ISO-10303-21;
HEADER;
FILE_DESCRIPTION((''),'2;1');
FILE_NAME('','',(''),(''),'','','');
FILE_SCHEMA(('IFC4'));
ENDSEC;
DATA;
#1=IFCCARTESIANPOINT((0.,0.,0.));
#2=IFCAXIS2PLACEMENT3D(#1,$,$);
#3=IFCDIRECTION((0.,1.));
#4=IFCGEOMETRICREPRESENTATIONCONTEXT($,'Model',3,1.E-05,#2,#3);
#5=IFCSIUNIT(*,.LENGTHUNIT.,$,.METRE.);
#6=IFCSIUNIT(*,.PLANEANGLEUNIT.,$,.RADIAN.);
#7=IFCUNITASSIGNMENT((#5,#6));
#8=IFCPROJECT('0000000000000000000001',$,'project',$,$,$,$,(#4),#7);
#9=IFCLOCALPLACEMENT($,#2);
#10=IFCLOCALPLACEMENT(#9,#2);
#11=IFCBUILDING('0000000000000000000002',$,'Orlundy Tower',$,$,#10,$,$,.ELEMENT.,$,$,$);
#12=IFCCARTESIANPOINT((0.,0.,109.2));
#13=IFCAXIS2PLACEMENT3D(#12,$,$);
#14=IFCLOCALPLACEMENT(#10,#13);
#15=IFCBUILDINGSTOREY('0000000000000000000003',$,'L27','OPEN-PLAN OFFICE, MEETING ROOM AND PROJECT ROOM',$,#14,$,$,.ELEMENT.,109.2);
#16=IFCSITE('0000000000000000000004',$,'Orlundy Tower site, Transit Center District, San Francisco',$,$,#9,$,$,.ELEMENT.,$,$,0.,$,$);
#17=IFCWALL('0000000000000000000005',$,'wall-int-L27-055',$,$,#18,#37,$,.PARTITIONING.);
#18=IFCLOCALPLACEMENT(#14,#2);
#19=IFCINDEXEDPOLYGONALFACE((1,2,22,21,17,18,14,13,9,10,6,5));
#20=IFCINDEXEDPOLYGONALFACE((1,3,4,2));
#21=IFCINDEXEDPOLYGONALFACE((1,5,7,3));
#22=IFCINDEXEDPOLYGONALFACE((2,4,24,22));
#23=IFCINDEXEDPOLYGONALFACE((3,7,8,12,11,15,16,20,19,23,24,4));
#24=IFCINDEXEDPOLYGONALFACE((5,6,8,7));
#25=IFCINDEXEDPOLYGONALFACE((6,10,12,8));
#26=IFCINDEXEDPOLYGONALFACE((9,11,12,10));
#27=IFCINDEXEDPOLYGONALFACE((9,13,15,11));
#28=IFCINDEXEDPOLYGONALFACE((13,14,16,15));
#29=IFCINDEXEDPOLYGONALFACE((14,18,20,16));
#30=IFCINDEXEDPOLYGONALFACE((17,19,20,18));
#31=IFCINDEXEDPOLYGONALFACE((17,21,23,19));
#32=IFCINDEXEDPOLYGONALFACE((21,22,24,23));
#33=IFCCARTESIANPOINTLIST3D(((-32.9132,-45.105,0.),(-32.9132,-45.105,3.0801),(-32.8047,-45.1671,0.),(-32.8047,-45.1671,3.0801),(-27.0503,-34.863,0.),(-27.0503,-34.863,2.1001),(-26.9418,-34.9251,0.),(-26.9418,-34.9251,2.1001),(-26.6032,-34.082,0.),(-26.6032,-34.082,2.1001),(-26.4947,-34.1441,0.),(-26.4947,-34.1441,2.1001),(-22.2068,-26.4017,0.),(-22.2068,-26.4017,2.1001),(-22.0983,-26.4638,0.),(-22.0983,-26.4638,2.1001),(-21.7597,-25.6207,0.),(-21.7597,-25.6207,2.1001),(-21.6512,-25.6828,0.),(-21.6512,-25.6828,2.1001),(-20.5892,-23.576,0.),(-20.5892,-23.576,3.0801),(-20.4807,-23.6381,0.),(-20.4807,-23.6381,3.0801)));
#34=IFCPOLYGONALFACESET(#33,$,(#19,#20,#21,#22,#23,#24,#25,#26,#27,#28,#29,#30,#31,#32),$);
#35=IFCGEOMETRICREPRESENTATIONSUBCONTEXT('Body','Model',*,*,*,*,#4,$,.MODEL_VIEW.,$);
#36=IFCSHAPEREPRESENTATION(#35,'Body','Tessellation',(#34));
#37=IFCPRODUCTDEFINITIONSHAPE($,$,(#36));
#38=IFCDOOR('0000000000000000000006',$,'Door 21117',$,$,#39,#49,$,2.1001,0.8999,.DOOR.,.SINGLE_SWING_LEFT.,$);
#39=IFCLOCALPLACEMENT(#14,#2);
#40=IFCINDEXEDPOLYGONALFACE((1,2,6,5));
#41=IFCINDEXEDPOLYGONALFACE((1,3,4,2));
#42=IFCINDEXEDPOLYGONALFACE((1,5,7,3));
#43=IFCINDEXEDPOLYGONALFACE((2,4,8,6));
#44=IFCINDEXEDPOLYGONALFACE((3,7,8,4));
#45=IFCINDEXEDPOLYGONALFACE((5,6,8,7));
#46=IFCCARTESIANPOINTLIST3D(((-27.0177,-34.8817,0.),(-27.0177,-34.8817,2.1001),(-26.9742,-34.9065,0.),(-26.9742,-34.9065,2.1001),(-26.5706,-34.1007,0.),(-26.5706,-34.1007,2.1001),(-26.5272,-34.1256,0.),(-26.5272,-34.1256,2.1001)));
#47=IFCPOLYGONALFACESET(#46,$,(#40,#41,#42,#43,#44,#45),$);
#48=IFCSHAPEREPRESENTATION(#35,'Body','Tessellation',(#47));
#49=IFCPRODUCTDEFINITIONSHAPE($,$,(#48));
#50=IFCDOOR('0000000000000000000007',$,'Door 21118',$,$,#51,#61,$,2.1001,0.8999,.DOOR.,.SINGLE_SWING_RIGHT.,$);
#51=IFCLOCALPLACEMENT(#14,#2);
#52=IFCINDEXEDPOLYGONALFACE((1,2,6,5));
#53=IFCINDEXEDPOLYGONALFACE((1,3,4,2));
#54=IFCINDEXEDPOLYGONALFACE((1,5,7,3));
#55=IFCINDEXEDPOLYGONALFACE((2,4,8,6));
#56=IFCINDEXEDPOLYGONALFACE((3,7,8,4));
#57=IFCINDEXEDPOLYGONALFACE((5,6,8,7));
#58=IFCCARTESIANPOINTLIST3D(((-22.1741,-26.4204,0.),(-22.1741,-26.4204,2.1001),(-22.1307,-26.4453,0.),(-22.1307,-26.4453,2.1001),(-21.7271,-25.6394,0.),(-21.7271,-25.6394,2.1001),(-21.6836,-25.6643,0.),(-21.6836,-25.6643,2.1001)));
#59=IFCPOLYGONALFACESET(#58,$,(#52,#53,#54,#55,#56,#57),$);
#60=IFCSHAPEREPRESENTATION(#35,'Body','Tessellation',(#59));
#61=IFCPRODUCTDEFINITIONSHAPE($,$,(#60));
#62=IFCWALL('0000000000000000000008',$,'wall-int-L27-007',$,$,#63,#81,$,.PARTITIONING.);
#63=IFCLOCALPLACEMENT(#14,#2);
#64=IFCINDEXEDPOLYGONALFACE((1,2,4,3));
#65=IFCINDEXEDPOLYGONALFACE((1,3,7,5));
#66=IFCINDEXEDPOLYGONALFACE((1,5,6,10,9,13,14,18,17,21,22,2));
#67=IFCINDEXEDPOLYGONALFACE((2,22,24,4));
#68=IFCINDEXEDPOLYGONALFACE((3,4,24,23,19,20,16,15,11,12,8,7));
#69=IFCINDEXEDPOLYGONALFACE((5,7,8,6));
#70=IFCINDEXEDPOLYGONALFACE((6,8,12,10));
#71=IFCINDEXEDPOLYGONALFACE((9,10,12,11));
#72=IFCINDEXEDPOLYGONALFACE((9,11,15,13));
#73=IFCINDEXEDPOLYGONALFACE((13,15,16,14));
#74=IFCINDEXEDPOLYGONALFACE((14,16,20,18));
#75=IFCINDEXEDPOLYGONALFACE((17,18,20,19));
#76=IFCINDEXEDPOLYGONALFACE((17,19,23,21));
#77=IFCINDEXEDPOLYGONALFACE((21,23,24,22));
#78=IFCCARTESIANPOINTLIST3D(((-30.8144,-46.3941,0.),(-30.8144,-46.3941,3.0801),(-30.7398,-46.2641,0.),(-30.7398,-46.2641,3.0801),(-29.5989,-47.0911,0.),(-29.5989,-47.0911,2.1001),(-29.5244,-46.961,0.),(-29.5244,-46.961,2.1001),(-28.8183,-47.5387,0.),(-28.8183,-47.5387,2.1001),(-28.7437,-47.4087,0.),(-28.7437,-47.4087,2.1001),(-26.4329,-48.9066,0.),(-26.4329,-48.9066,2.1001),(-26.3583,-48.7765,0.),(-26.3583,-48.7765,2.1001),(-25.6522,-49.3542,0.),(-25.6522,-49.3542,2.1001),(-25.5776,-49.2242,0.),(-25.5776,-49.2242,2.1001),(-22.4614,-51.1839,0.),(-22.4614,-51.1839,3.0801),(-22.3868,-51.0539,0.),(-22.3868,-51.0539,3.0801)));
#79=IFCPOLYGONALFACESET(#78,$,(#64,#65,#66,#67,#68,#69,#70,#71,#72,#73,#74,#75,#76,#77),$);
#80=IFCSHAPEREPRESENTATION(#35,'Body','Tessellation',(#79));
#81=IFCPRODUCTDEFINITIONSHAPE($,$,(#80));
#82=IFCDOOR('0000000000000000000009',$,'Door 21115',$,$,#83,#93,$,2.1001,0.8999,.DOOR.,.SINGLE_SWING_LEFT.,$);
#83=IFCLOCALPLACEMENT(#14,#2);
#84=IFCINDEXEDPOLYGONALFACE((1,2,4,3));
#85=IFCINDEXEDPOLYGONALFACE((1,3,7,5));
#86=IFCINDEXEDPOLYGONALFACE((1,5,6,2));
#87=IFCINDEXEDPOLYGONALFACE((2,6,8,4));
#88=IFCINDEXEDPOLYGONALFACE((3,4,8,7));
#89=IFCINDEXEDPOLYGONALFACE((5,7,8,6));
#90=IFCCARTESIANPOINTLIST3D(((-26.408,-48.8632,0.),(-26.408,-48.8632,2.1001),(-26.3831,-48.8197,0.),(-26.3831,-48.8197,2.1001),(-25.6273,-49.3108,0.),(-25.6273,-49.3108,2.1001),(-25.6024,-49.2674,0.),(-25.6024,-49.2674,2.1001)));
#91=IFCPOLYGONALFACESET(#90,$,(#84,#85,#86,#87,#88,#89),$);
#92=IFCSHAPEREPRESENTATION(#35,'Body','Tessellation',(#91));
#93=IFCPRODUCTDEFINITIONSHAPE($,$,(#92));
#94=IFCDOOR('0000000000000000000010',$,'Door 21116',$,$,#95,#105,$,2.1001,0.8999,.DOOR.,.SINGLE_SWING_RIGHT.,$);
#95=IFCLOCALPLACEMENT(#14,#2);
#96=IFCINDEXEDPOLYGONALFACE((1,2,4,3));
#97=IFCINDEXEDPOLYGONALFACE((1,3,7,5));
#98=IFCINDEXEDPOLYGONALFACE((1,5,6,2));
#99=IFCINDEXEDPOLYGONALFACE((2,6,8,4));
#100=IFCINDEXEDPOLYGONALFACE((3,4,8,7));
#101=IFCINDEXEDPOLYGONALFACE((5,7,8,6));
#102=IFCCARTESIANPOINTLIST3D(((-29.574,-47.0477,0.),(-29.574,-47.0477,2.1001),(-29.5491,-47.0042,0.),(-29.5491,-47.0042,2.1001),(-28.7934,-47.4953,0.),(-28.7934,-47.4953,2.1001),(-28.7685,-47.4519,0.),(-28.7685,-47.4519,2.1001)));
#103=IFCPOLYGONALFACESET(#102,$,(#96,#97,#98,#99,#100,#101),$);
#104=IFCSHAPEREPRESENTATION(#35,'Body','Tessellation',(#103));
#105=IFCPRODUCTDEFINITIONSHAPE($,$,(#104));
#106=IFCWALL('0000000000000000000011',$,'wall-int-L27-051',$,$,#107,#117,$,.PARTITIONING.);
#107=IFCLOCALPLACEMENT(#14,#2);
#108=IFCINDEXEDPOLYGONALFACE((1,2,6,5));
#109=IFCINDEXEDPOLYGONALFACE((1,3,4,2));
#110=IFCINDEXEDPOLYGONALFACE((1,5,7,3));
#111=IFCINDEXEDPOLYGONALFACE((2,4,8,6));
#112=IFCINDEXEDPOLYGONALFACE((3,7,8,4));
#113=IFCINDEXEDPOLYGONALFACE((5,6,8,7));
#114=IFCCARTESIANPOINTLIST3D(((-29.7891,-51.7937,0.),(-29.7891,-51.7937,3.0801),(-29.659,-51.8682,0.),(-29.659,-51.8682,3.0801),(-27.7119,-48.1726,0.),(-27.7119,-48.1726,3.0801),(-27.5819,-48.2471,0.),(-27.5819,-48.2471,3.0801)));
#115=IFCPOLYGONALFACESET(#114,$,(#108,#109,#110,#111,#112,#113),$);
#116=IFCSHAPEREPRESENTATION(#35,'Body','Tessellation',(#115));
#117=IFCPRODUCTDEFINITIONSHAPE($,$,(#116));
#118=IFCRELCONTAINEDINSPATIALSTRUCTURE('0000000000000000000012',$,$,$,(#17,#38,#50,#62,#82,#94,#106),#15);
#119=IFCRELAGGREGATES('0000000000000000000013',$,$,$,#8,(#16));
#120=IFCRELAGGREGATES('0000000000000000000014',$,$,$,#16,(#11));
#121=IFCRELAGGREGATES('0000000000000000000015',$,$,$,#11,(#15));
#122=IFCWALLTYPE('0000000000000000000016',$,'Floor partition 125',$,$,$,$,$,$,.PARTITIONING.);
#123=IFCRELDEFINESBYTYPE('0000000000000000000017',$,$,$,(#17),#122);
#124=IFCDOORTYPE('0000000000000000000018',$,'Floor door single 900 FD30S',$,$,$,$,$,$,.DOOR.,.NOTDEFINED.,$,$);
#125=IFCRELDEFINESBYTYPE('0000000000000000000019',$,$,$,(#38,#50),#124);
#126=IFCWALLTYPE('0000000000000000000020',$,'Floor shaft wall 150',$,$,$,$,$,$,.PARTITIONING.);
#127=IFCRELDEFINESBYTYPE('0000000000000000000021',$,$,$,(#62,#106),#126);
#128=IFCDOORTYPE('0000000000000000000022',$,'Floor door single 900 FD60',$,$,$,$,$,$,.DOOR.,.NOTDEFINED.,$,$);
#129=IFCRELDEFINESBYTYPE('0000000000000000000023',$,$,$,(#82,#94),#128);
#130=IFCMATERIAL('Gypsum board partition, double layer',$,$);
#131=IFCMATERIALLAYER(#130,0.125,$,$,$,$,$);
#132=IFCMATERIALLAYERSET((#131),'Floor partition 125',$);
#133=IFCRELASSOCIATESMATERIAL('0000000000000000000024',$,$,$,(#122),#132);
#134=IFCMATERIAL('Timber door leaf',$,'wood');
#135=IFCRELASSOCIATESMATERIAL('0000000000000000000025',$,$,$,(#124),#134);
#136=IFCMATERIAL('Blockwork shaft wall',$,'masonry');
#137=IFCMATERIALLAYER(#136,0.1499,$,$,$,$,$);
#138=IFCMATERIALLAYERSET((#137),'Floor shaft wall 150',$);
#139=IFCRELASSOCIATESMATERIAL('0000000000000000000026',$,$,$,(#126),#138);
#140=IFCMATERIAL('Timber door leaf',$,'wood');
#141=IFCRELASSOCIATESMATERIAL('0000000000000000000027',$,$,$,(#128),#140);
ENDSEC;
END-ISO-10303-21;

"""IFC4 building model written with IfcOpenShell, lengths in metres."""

from ifc_helpers import new_model, si_unit, direction, frame, frame_2d, origin, place, context, subcontext, project, spatial, rectangle, extrude, material, layer, layer_set, type_object, element, fill, save


model = new_model("IFC4")

# Units and contexts
model_context = context("Model", 3, precision=1e-05, world=origin(), true_north=direction((0.0, 1.0)))
body_context = subcontext(model_context, "Body", "Model", "MODEL_VIEW")
ifc_project = project(units=[si_unit("LENGTHUNIT", "METRE"), si_unit("PLANEANGLEUNIT", "RADIAN")], contexts=[model_context])

# Site, building, storey
site_placement = place(None, origin())
site = spatial("IfcSite", under=ifc_project, at=site_placement, Name="Orlundy Tower site, Transit Center District, San Francisco", CompositionType="ELEMENT", RefElevation=0.0)
building_placement = place(site_placement, origin())
building = spatial("IfcBuilding", under=site, at=building_placement, Name="Orlundy Tower", CompositionType="ELEMENT")
storey_placement = place(building_placement, frame((0.0, 0.0, 109.2)))
storey = spatial("IfcBuildingStorey", under=building, at=storey_placement, Name="L27", Description="OPEN-PLAN OFFICE, MEETING ROOM AND PROJECT ROOM", CompositionType="ELEMENT", Elevation=109.2)

# Shared definitions
ifc_material_1 = material(Name="Gypsum board partition, double layer")
ifc_layer_1 = layer(ifc_material_1, 0.125)
ifc_layer_set_1 = layer_set([ifc_layer_1], Name="Floor partition 125")
wall_type_1 = type_object("IfcWallType", Name="Floor partition 125", PredefinedType="PARTITIONING", material=ifc_layer_set_1)

# Walls, openings, doors
ifc_material_2 = material(Name="Timber door leaf", Category="wood")
door_type_1 = type_object("IfcDoorType", Name="Floor door single 900 FD30S", OperationType="NOTDEFINED", PredefinedType="DOOR", material=ifc_material_2)
wall_1_placement = place(storey_placement, frame((-32.8589, -45.136, 0.0), z_axis=(0.0, 0.0, 1.0), x_axis=(0.496797, 0.867867, 0.0)))
wall_1 = element("IfcWall", 1, at=wall_1_placement, inside=storey, type_object=wall_type_1, Name="wall-int-L27-055", PredefinedType="PARTITIONING", context=body_context, shape_type="SweptSolid", body=[
    extrude(rectangle(XDim=24.8069, YDim=0.125, at=frame_2d((12.4033, 0.0))), origin(), (0.0, 0.0, 1.0), 3.0801),
])
opening_1_placement = place(wall_1_placement, frame((11.8013, 0.0, 0.0)))
opening_1 = element("IfcOpeningElement", 2, at=opening_1_placement, cuts=wall_1, PredefinedType="OPENING", context=body_context, shape_type="SweptSolid", body=[
    extrude(rectangle(XDim=0.8999, YDim=2.1001, at=frame_2d((0.45, 1.05))), frame((0.0, 0.0725, 0.0), z_axis=(0.0, -1.0, 0.0), x_axis=(1.0, 0.0, 0.0)), (0.0, 0.0, 1.0), 0.145),
])
opening_2_placement = place(wall_1_placement, frame((21.5508, 0.0, 0.0)))
opening_2 = element("IfcOpeningElement", 3, at=opening_2_placement, cuts=wall_1, PredefinedType="OPENING", context=body_context, shape_type="SweptSolid", body=[
    extrude(rectangle(XDim=0.8999, YDim=2.1001, at=frame_2d((0.45, 1.05))), frame((0.0, 0.0725, 0.0), z_axis=(0.0, -1.0, 0.0), x_axis=(1.0, 0.0, 0.0)), (0.0, 0.0, 1.0), 0.145),
])
door_1_placement = place(opening_1_placement, origin())
door_1 = element("IfcDoor", 4, at=door_1_placement, inside=storey, type_object=door_type_1, Name="Door 21117", OperationType="SINGLE_SWING_LEFT", OverallHeight=2.1001, OverallWidth=0.8999, PredefinedType="DOOR", context=body_context, shape_type="SweptSolid", body=[
    extrude(rectangle(XDim=0.8999, YDim=2.1001, at=frame_2d((0.45, 1.05))), frame((0.0, 0.0249, 0.0), z_axis=(0.0, -1.0, 0.0), x_axis=(1.0, 0.0, 0.0)), (0.0, 0.0, 1.0), 0.05),
])
fill(opening_1, door_1)
door_2_placement = place(opening_2_placement, origin())
door_2 = element("IfcDoor", 5, at=door_2_placement, inside=storey, type_object=door_type_1, Name="Door 21118", OperationType="SINGLE_SWING_RIGHT", OverallHeight=2.1001, OverallWidth=0.8999, PredefinedType="DOOR", context=body_context, shape_type="SweptSolid", body=[
    extrude(rectangle(XDim=0.8999, YDim=2.1001, at=frame_2d((0.45, 1.05))), frame((0.0, 0.0249, 0.0), z_axis=(0.0, -1.0, 0.0), x_axis=(1.0, 0.0, 0.0)), (0.0, 0.0, 1.0), 0.05),
])
fill(opening_2, door_2)
ifc_material_3 = material(Name="Blockwork shaft wall", Category="masonry")
ifc_layer_2 = layer(ifc_material_3, 0.1499)
ifc_layer_set_2 = layer_set([ifc_layer_2], Name="Floor shaft wall 150")
wall_type_2 = type_object("IfcWallType", Name="Floor shaft wall 150", PredefinedType="PARTITIONING", material=ifc_layer_set_2)
wall_2_placement = place(storey_placement, frame((-22.4241, -51.1189, 0.0), z_axis=(0.0, 0.0, 1.0), x_axis=(-0.867498, 0.497441, 0.0)))
wall_2 = element("IfcWall", 6, at=wall_2_placement, inside=storey, type_object=wall_type_2, Name="wall-int-L27-007", PredefinedType="PARTITIONING", context=body_context, shape_type="SweptSolid", body=[
    extrude(rectangle(XDim=9.6289, YDim=0.1499, at=frame_2d((4.8145, 0.0))), origin(), (0.0, 0.0, 1.0), 3.0801),
])
opening_3_placement = place(wall_2_placement, frame((3.6782, 0.0, 0.0)))
opening_3 = element("IfcOpeningElement", 7, at=opening_3_placement, cuts=wall_2, PredefinedType="OPENING", context=body_context, shape_type="SweptSolid", body=[
    extrude(rectangle(XDim=0.8999, YDim=2.1001, at=frame_2d((0.45, 1.05))), frame((0.0, 0.085, 0.0), z_axis=(0.0, -1.0, 0.0), x_axis=(1.0, 0.0, 0.0)), (0.0, 0.0, 1.0), 0.1699),
])
opening_4_placement = place(wall_2_placement, frame((7.3279, 0.0, 0.0)))
opening_4 = element("IfcOpeningElement", 8, at=opening_4_placement, cuts=wall_2, PredefinedType="OPENING", context=body_context, shape_type="SweptSolid", body=[
    extrude(rectangle(XDim=0.8999, YDim=2.1001, at=frame_2d((0.45, 1.05))), frame((0.0, 0.085, 0.0), z_axis=(0.0, -1.0, 0.0), x_axis=(1.0, 0.0, 0.0)), (0.0, 0.0, 1.0), 0.1699),
])
ifc_material_4 = material(Name="Timber door leaf", Category="wood")
door_type_2 = type_object("IfcDoorType", Name="Floor door single 900 FD60", OperationType="NOTDEFINED", PredefinedType="DOOR", material=ifc_material_4)
door_3_placement = place(opening_3_placement, origin())
door_3 = element("IfcDoor", 9, at=door_3_placement, inside=storey, type_object=door_type_2, Name="Door 21115", OperationType="SINGLE_SWING_LEFT", OverallHeight=2.1001, OverallWidth=0.8999, PredefinedType="DOOR", context=body_context, shape_type="SweptSolid", body=[
    extrude(rectangle(XDim=0.8999, YDim=2.1001, at=frame_2d((0.45, 1.05))), frame((0.0, 0.0249, 0.0), z_axis=(0.0, -1.0, 0.0), x_axis=(1.0, 0.0, 0.0)), (0.0, 0.0, 1.0), 0.05),
])
fill(opening_3, door_3)
door_4_placement = place(opening_4_placement, origin())
door_4 = element("IfcDoor", 10, at=door_4_placement, inside=storey, type_object=door_type_2, Name="Door 21116", OperationType="SINGLE_SWING_RIGHT", OverallHeight=2.1001, OverallWidth=0.8999, PredefinedType="DOOR", context=body_context, shape_type="SweptSolid", body=[
    extrude(rectangle(XDim=0.8999, YDim=2.1001, at=frame_2d((0.45, 1.05))), frame((0.0, 0.0249, 0.0), z_axis=(0.0, -1.0, 0.0), x_axis=(1.0, 0.0, 0.0)), (0.0, 0.0, 1.0), 0.05),
])
fill(opening_4, door_4)

# Wall
wall_3_placement = place(storey_placement, frame((-29.7241, -51.8311, 0.0), z_axis=(0.0, 0.0, 1.0), x_axis=(0.497574, 0.867421, 0.0)))
element("IfcWall", 11, at=wall_3_placement, inside=storey, type_object=wall_type_2, Name="wall-int-L27-051", PredefinedType="PARTITIONING", context=body_context, shape_type="SweptSolid", body=[
    extrude(rectangle(XDim=4.1746, YDim=0.1499, at=frame_2d((2.0874, 0.0))), origin(), (0.0, 0.0, 1.0), 3.0801),
])

save(model, "model.ifc")
